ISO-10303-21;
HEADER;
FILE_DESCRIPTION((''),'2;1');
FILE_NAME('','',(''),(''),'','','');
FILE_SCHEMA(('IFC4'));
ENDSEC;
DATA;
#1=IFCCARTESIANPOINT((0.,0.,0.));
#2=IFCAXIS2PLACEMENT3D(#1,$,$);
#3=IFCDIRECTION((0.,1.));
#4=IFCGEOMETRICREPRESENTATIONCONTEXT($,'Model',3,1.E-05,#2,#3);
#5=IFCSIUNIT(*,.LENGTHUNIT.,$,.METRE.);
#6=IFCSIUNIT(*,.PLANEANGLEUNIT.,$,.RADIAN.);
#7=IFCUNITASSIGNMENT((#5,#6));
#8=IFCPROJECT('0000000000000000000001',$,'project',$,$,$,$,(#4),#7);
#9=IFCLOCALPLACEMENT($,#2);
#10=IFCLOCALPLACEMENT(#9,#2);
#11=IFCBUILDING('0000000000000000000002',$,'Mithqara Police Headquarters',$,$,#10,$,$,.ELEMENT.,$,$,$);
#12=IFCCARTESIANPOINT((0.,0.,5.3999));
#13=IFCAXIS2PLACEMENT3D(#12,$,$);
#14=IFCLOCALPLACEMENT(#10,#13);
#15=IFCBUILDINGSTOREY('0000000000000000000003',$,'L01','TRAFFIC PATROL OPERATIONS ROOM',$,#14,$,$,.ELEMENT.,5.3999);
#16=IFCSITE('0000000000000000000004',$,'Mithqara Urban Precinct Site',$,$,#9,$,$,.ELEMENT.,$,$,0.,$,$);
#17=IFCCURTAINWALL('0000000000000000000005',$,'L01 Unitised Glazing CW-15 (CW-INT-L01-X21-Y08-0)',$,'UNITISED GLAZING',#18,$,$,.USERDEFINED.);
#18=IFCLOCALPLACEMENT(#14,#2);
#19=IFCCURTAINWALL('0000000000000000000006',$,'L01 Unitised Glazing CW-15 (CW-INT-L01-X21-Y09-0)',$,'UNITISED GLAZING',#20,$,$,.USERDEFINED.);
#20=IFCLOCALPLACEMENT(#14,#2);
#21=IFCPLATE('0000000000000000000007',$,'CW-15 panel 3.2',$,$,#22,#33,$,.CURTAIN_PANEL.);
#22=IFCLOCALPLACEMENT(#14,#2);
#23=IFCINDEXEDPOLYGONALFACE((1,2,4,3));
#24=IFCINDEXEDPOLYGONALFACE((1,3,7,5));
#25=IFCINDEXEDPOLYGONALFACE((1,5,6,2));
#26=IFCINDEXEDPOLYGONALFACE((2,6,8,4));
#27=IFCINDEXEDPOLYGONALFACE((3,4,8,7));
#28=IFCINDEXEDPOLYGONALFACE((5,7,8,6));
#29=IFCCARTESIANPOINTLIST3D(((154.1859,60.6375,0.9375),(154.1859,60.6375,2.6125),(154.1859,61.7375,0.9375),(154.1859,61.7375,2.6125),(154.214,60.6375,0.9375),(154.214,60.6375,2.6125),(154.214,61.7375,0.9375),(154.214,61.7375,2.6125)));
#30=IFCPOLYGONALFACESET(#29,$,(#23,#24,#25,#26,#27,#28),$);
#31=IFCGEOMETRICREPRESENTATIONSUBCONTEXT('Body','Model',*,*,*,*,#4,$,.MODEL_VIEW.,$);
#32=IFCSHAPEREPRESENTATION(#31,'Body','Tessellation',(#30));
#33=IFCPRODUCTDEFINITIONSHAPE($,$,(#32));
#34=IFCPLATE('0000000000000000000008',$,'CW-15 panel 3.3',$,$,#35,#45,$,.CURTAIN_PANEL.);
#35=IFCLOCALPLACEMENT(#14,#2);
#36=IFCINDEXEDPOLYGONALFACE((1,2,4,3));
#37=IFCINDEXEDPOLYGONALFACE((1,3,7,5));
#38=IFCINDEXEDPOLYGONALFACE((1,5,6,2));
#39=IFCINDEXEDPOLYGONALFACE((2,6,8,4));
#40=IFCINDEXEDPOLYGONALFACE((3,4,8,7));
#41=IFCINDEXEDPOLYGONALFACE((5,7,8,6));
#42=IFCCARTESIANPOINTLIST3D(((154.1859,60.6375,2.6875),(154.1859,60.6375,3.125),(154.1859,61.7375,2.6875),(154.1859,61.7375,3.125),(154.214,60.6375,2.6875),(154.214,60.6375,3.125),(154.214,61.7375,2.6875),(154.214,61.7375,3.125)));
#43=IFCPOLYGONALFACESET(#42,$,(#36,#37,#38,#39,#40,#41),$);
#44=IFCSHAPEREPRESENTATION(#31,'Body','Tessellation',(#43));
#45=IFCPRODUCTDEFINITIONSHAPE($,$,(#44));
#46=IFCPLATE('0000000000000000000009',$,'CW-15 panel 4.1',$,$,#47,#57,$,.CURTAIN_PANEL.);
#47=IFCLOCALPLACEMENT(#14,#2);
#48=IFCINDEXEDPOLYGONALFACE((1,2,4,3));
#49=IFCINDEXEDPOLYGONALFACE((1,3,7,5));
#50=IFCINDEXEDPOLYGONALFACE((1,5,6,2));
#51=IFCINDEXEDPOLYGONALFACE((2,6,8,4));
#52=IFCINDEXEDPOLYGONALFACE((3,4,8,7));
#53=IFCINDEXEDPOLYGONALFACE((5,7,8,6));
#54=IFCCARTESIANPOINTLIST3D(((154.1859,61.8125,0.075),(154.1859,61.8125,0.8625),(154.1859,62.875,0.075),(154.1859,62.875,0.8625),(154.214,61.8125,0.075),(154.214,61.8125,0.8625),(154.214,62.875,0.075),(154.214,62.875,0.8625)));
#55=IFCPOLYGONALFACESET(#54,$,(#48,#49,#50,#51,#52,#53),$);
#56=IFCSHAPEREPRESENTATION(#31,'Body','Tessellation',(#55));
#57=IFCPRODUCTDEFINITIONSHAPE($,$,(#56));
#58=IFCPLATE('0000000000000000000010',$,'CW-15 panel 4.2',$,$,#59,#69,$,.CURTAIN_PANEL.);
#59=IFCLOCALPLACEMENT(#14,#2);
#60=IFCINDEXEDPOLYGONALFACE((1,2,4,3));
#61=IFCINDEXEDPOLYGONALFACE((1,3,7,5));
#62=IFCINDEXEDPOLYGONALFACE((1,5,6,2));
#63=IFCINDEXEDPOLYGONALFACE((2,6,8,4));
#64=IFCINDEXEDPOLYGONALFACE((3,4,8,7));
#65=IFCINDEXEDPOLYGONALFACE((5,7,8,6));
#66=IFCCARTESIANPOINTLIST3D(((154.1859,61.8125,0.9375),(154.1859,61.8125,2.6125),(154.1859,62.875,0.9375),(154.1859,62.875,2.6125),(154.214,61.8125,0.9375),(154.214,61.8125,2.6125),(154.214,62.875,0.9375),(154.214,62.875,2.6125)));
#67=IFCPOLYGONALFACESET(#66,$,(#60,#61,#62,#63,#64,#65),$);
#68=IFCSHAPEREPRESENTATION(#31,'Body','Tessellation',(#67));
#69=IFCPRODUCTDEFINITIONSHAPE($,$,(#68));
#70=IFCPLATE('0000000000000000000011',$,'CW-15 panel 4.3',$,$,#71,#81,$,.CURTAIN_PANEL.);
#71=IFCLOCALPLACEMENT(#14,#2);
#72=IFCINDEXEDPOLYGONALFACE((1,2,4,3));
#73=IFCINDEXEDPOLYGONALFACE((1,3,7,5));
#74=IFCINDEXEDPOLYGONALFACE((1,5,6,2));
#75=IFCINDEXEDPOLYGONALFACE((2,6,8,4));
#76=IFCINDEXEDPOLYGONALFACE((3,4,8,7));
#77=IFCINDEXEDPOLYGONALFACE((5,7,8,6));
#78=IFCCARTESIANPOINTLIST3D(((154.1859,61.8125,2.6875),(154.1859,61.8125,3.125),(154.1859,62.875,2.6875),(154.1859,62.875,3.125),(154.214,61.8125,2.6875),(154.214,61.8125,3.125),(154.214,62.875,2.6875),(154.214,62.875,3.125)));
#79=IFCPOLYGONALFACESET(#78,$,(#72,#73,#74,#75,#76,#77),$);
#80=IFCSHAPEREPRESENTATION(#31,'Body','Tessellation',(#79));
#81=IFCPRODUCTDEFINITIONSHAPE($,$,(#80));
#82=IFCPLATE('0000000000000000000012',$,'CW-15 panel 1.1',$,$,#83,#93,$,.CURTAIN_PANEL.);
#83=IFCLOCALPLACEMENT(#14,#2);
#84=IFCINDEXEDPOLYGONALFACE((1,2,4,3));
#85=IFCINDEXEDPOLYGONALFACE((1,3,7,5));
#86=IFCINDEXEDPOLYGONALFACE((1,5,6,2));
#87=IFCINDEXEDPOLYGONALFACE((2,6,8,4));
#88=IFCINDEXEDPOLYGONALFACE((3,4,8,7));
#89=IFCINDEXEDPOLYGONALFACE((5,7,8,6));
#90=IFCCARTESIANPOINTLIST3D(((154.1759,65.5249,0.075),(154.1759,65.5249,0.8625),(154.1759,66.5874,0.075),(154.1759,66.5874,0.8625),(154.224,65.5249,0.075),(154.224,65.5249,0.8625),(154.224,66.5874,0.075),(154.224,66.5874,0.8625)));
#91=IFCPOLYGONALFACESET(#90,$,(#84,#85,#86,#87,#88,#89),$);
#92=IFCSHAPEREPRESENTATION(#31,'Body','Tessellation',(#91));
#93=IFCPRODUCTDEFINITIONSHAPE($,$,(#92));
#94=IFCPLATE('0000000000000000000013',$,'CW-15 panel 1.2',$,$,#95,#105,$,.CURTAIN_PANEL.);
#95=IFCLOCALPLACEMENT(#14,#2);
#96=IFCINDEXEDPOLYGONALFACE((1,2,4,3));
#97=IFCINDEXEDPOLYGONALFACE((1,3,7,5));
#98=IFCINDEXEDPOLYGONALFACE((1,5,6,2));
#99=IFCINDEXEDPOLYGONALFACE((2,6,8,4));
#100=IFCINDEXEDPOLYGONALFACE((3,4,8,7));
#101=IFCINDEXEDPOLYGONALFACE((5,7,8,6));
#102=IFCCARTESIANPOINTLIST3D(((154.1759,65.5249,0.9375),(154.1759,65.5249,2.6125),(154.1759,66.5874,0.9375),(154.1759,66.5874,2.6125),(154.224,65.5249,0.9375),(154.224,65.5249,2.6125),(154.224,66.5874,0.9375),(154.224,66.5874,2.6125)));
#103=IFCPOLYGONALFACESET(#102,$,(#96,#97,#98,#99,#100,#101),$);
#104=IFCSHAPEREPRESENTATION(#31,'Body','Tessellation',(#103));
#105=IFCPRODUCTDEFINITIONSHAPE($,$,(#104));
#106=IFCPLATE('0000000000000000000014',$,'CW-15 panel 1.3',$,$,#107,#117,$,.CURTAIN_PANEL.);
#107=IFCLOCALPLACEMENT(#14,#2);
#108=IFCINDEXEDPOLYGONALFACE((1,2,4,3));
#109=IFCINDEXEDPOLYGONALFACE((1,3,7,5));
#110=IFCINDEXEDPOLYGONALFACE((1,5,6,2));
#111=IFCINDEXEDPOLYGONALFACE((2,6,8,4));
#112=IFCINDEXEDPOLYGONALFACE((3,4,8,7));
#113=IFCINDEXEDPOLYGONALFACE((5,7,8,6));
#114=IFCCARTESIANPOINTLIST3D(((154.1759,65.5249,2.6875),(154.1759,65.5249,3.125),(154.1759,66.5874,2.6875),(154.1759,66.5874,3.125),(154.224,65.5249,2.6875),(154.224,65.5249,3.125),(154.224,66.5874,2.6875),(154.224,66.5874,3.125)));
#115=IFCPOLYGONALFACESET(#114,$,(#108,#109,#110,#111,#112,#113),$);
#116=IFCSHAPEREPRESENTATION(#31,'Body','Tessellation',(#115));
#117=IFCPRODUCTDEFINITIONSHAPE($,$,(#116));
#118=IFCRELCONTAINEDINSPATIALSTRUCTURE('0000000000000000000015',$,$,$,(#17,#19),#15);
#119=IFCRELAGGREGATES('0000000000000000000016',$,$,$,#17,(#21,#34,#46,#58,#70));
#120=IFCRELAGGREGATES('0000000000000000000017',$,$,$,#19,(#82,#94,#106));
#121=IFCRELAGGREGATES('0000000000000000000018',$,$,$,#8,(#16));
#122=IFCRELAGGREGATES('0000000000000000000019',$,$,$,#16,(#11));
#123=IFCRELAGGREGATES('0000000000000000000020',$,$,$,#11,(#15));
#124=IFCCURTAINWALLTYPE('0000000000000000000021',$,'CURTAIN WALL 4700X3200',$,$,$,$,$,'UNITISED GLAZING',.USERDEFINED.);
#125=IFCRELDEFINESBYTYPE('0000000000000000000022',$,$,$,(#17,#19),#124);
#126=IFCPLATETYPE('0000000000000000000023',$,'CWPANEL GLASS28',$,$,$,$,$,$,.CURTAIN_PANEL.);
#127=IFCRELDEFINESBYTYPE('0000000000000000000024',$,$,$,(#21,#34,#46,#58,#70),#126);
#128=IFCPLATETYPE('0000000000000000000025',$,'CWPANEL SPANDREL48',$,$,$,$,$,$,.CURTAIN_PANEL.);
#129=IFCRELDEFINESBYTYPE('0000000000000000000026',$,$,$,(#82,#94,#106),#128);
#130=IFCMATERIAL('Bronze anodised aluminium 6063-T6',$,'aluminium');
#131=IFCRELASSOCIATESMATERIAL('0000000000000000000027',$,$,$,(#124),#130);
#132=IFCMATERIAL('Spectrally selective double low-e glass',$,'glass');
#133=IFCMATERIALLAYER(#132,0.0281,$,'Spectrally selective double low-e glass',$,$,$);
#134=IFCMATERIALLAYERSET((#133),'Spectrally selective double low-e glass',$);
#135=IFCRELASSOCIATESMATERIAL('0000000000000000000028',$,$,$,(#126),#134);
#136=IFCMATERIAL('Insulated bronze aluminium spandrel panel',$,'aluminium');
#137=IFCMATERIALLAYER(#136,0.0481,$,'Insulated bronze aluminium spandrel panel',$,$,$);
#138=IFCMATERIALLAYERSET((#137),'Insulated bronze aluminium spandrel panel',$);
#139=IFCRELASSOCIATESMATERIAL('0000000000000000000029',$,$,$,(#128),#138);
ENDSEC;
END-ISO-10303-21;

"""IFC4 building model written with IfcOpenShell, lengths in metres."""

from ifc_helpers import new_model, si_unit, direction, frame, origin, origin_2d, place, context, subcontext, project, spatial, rectangle, extrude, material, layer, layer_set, type_object, element, aggregate, save


model = new_model("IFC4")

# Units and contexts
model_context = context("Model", 3, precision=1e-05, world=origin(), true_north=direction((0.0, 1.0)))
body_context = subcontext(model_context, "Body", "Model", "MODEL_VIEW")
ifc_project = project(units=[si_unit("LENGTHUNIT", "METRE"), si_unit("PLANEANGLEUNIT", "RADIAN")], contexts=[model_context])

# Site, building, storey
site_placement = place(None, origin())
site = spatial("IfcSite", under=ifc_project, at=site_placement, Name="Mithqara Urban Precinct Site", CompositionType="ELEMENT", RefElevation=0.0)
building_placement = place(site_placement, origin())
building = spatial("IfcBuilding", under=site, at=building_placement, Name="Mithqara Police Headquarters", CompositionType="ELEMENT")
storey_placement = place(building_placement, frame((0.0, 0.0, 5.3999)))
storey = spatial("IfcBuildingStorey", under=building, at=storey_placement, Name="L01", Description="TRAFFIC PATROL OPERATIONS ROOM", CompositionType="ELEMENT", Elevation=5.3999)

# Curtain walls
ifc_material_1 = material(Name="Bronze anodised aluminium 6063-T6", Category="aluminium")
curtain_wall_type = type_object("IfcCurtainWallType", Name="CURTAIN WALL 4700X3200", ElementType="UNITISED GLAZING", PredefinedType="USERDEFINED", material=ifc_material_1)
curtain_wall_1_placement = place(storey_placement, origin())
curtain_wall_1 = element("IfcCurtainWall", 1, at=curtain_wall_1_placement, inside=storey, type_object=curtain_wall_type, Name="L01 Unitised Glazing CW-15 (CW-INT-L01-X21-Y08-0)", ObjectType="UNITISED GLAZING", PredefinedType="USERDEFINED")
curtain_wall_2_placement = place(storey_placement, origin())
curtain_wall_2 = element("IfcCurtainWall", 2, at=curtain_wall_2_placement, inside=storey, type_object=curtain_wall_type, Name="L01 Unitised Glazing CW-15 (CW-INT-L01-X21-Y09-0)", ObjectType="UNITISED GLAZING", PredefinedType="USERDEFINED")

# Plates
ifc_material_2 = material(Name="Spectrally selective double low-e glass", Category="glass")
ifc_layer_1 = layer(ifc_material_2, 0.0281, Name="Spectrally selective double low-e glass")
ifc_layer_set_1 = layer_set([ifc_layer_1], Name="Spectrally selective double low-e glass")
plate_type_1 = type_object("IfcPlateType", Name="CWPANEL GLASS28", PredefinedType="CURTAIN_PANEL", material=ifc_layer_set_1)
plate_1_placement = place(storey_placement, frame((154.2, 61.1875, 0.9375), z_axis=(0.0, 0.0, 1.0), x_axis=(0.0, 1.0, 0.0)))
plate_1 = element("IfcPlate", 3, at=plate_1_placement, type_object=plate_type_1, Name="CW-15 panel 3.2", PredefinedType="CURTAIN_PANEL", context=body_context, shape_type="SweptSolid", body=[
    extrude(rectangle(XDim=1.1001, YDim=0.0281, at=origin_2d()), origin(), (0.0, 0.0, 1.0), 1.675),
])
plate_2_placement = place(storey_placement, frame((154.2, 61.1875, 2.6875), z_axis=(0.0, 0.0, 1.0), x_axis=(0.0, 1.0, 0.0)))
plate_2 = element("IfcPlate", 4, at=plate_2_placement, type_object=plate_type_1, Name="CW-15 panel 3.3", PredefinedType="CURTAIN_PANEL", context=body_context, shape_type="SweptSolid", body=[
    extrude(rectangle(XDim=1.1001, YDim=0.0281, at=origin_2d()), origin(), (0.0, 0.0, 1.0), 0.4375),
])
plate_3_placement = place(storey_placement, frame((154.2, 62.3438, 0.075), z_axis=(0.0, 0.0, 1.0), x_axis=(0.0, 1.0, 0.0)))
plate_3 = element("IfcPlate", 5, at=plate_3_placement, type_object=plate_type_1, Name="CW-15 panel 4.1", PredefinedType="CURTAIN_PANEL", context=body_context, shape_type="SweptSolid", body=[
    extrude(rectangle(XDim=1.0625, YDim=0.0281, at=origin_2d()), origin(), (0.0, 0.0, 1.0), 0.7876),
])
plate_4_placement = place(storey_placement, frame((154.2, 62.3438, 0.9375), z_axis=(0.0, 0.0, 1.0), x_axis=(0.0, 1.0, 0.0)))
plate_4 = element("IfcPlate", 6, at=plate_4_placement, type_object=plate_type_1, Name="CW-15 panel 4.2", PredefinedType="CURTAIN_PANEL", context=body_context, shape_type="SweptSolid", body=[
    extrude(rectangle(XDim=1.0625, YDim=0.0281, at=origin_2d()), origin(), (0.0, 0.0, 1.0), 1.675),
])
plate_5_placement = place(storey_placement, frame((154.2, 62.3438, 2.6875), z_axis=(0.0, 0.0, 1.0), x_axis=(0.0, 1.0, 0.0)))
plate_5 = element("IfcPlate", 7, at=plate_5_placement, type_object=plate_type_1, Name="CW-15 panel 4.3", PredefinedType="CURTAIN_PANEL", context=body_context, shape_type="SweptSolid", body=[
    extrude(rectangle(XDim=1.0625, YDim=0.0281, at=origin_2d()), origin(), (0.0, 0.0, 1.0), 0.4375),
])
aggregate(curtain_wall_1, [plate_1, plate_2, plate_3, plate_4, plate_5])
ifc_material_3 = material(Name="Insulated bronze aluminium spandrel panel", Category="aluminium")
ifc_layer_2 = layer(ifc_material_3, 0.0481, Name="Insulated bronze aluminium spandrel panel")
ifc_layer_set_2 = layer_set([ifc_layer_2], Name="Insulated bronze aluminium spandrel panel")
plate_type_2 = type_object("IfcPlateType", Name="CWPANEL SPANDREL48", PredefinedType="CURTAIN_PANEL", material=ifc_layer_set_2)
plate_6_placement = place(storey_placement, frame((154.2, 66.0562, 0.075), z_axis=(0.0, 0.0, 1.0), x_axis=(0.0, 1.0, 0.0)))
plate_6 = element("IfcPlate", 8, at=plate_6_placement, type_object=plate_type_2, Name="CW-15 panel 1.1", PredefinedType="CURTAIN_PANEL", context=body_context, shape_type="SweptSolid", body=[
    extrude(rectangle(XDim=1.0625, YDim=0.0481, at=origin_2d()), origin(), (0.0, 0.0, 1.0), 0.7876),
])
plate_7_placement = place(storey_placement, frame((154.2, 66.0562, 0.9375), z_axis=(0.0, 0.0, 1.0), x_axis=(0.0, 1.0, 0.0)))
plate_7 = element("IfcPlate", 9, at=plate_7_placement, type_object=plate_type_2, Name="CW-15 panel 1.2", PredefinedType="CURTAIN_PANEL", context=body_context, shape_type="SweptSolid", body=[
    extrude(rectangle(XDim=1.0625, YDim=0.0481, at=origin_2d()), origin(), (0.0, 0.0, 1.0), 1.675),
])
plate_8_placement = place(storey_placement, frame((154.2, 66.0562, 2.6875), z_axis=(0.0, 0.0, 1.0), x_axis=(0.0, 1.0, 0.0)))
plate_8 = element("IfcPlate", 10, at=plate_8_placement, type_object=plate_type_2, Name="CW-15 panel 1.3", PredefinedType="CURTAIN_PANEL", context=body_context, shape_type="SweptSolid", body=[
    extrude(rectangle(XDim=1.0625, YDim=0.0481, at=origin_2d()), origin(), (0.0, 0.0, 1.0), 0.4375),
])
aggregate(curtain_wall_2, [plate_6, plate_7, plate_8])

save(model, "model.ifc")
